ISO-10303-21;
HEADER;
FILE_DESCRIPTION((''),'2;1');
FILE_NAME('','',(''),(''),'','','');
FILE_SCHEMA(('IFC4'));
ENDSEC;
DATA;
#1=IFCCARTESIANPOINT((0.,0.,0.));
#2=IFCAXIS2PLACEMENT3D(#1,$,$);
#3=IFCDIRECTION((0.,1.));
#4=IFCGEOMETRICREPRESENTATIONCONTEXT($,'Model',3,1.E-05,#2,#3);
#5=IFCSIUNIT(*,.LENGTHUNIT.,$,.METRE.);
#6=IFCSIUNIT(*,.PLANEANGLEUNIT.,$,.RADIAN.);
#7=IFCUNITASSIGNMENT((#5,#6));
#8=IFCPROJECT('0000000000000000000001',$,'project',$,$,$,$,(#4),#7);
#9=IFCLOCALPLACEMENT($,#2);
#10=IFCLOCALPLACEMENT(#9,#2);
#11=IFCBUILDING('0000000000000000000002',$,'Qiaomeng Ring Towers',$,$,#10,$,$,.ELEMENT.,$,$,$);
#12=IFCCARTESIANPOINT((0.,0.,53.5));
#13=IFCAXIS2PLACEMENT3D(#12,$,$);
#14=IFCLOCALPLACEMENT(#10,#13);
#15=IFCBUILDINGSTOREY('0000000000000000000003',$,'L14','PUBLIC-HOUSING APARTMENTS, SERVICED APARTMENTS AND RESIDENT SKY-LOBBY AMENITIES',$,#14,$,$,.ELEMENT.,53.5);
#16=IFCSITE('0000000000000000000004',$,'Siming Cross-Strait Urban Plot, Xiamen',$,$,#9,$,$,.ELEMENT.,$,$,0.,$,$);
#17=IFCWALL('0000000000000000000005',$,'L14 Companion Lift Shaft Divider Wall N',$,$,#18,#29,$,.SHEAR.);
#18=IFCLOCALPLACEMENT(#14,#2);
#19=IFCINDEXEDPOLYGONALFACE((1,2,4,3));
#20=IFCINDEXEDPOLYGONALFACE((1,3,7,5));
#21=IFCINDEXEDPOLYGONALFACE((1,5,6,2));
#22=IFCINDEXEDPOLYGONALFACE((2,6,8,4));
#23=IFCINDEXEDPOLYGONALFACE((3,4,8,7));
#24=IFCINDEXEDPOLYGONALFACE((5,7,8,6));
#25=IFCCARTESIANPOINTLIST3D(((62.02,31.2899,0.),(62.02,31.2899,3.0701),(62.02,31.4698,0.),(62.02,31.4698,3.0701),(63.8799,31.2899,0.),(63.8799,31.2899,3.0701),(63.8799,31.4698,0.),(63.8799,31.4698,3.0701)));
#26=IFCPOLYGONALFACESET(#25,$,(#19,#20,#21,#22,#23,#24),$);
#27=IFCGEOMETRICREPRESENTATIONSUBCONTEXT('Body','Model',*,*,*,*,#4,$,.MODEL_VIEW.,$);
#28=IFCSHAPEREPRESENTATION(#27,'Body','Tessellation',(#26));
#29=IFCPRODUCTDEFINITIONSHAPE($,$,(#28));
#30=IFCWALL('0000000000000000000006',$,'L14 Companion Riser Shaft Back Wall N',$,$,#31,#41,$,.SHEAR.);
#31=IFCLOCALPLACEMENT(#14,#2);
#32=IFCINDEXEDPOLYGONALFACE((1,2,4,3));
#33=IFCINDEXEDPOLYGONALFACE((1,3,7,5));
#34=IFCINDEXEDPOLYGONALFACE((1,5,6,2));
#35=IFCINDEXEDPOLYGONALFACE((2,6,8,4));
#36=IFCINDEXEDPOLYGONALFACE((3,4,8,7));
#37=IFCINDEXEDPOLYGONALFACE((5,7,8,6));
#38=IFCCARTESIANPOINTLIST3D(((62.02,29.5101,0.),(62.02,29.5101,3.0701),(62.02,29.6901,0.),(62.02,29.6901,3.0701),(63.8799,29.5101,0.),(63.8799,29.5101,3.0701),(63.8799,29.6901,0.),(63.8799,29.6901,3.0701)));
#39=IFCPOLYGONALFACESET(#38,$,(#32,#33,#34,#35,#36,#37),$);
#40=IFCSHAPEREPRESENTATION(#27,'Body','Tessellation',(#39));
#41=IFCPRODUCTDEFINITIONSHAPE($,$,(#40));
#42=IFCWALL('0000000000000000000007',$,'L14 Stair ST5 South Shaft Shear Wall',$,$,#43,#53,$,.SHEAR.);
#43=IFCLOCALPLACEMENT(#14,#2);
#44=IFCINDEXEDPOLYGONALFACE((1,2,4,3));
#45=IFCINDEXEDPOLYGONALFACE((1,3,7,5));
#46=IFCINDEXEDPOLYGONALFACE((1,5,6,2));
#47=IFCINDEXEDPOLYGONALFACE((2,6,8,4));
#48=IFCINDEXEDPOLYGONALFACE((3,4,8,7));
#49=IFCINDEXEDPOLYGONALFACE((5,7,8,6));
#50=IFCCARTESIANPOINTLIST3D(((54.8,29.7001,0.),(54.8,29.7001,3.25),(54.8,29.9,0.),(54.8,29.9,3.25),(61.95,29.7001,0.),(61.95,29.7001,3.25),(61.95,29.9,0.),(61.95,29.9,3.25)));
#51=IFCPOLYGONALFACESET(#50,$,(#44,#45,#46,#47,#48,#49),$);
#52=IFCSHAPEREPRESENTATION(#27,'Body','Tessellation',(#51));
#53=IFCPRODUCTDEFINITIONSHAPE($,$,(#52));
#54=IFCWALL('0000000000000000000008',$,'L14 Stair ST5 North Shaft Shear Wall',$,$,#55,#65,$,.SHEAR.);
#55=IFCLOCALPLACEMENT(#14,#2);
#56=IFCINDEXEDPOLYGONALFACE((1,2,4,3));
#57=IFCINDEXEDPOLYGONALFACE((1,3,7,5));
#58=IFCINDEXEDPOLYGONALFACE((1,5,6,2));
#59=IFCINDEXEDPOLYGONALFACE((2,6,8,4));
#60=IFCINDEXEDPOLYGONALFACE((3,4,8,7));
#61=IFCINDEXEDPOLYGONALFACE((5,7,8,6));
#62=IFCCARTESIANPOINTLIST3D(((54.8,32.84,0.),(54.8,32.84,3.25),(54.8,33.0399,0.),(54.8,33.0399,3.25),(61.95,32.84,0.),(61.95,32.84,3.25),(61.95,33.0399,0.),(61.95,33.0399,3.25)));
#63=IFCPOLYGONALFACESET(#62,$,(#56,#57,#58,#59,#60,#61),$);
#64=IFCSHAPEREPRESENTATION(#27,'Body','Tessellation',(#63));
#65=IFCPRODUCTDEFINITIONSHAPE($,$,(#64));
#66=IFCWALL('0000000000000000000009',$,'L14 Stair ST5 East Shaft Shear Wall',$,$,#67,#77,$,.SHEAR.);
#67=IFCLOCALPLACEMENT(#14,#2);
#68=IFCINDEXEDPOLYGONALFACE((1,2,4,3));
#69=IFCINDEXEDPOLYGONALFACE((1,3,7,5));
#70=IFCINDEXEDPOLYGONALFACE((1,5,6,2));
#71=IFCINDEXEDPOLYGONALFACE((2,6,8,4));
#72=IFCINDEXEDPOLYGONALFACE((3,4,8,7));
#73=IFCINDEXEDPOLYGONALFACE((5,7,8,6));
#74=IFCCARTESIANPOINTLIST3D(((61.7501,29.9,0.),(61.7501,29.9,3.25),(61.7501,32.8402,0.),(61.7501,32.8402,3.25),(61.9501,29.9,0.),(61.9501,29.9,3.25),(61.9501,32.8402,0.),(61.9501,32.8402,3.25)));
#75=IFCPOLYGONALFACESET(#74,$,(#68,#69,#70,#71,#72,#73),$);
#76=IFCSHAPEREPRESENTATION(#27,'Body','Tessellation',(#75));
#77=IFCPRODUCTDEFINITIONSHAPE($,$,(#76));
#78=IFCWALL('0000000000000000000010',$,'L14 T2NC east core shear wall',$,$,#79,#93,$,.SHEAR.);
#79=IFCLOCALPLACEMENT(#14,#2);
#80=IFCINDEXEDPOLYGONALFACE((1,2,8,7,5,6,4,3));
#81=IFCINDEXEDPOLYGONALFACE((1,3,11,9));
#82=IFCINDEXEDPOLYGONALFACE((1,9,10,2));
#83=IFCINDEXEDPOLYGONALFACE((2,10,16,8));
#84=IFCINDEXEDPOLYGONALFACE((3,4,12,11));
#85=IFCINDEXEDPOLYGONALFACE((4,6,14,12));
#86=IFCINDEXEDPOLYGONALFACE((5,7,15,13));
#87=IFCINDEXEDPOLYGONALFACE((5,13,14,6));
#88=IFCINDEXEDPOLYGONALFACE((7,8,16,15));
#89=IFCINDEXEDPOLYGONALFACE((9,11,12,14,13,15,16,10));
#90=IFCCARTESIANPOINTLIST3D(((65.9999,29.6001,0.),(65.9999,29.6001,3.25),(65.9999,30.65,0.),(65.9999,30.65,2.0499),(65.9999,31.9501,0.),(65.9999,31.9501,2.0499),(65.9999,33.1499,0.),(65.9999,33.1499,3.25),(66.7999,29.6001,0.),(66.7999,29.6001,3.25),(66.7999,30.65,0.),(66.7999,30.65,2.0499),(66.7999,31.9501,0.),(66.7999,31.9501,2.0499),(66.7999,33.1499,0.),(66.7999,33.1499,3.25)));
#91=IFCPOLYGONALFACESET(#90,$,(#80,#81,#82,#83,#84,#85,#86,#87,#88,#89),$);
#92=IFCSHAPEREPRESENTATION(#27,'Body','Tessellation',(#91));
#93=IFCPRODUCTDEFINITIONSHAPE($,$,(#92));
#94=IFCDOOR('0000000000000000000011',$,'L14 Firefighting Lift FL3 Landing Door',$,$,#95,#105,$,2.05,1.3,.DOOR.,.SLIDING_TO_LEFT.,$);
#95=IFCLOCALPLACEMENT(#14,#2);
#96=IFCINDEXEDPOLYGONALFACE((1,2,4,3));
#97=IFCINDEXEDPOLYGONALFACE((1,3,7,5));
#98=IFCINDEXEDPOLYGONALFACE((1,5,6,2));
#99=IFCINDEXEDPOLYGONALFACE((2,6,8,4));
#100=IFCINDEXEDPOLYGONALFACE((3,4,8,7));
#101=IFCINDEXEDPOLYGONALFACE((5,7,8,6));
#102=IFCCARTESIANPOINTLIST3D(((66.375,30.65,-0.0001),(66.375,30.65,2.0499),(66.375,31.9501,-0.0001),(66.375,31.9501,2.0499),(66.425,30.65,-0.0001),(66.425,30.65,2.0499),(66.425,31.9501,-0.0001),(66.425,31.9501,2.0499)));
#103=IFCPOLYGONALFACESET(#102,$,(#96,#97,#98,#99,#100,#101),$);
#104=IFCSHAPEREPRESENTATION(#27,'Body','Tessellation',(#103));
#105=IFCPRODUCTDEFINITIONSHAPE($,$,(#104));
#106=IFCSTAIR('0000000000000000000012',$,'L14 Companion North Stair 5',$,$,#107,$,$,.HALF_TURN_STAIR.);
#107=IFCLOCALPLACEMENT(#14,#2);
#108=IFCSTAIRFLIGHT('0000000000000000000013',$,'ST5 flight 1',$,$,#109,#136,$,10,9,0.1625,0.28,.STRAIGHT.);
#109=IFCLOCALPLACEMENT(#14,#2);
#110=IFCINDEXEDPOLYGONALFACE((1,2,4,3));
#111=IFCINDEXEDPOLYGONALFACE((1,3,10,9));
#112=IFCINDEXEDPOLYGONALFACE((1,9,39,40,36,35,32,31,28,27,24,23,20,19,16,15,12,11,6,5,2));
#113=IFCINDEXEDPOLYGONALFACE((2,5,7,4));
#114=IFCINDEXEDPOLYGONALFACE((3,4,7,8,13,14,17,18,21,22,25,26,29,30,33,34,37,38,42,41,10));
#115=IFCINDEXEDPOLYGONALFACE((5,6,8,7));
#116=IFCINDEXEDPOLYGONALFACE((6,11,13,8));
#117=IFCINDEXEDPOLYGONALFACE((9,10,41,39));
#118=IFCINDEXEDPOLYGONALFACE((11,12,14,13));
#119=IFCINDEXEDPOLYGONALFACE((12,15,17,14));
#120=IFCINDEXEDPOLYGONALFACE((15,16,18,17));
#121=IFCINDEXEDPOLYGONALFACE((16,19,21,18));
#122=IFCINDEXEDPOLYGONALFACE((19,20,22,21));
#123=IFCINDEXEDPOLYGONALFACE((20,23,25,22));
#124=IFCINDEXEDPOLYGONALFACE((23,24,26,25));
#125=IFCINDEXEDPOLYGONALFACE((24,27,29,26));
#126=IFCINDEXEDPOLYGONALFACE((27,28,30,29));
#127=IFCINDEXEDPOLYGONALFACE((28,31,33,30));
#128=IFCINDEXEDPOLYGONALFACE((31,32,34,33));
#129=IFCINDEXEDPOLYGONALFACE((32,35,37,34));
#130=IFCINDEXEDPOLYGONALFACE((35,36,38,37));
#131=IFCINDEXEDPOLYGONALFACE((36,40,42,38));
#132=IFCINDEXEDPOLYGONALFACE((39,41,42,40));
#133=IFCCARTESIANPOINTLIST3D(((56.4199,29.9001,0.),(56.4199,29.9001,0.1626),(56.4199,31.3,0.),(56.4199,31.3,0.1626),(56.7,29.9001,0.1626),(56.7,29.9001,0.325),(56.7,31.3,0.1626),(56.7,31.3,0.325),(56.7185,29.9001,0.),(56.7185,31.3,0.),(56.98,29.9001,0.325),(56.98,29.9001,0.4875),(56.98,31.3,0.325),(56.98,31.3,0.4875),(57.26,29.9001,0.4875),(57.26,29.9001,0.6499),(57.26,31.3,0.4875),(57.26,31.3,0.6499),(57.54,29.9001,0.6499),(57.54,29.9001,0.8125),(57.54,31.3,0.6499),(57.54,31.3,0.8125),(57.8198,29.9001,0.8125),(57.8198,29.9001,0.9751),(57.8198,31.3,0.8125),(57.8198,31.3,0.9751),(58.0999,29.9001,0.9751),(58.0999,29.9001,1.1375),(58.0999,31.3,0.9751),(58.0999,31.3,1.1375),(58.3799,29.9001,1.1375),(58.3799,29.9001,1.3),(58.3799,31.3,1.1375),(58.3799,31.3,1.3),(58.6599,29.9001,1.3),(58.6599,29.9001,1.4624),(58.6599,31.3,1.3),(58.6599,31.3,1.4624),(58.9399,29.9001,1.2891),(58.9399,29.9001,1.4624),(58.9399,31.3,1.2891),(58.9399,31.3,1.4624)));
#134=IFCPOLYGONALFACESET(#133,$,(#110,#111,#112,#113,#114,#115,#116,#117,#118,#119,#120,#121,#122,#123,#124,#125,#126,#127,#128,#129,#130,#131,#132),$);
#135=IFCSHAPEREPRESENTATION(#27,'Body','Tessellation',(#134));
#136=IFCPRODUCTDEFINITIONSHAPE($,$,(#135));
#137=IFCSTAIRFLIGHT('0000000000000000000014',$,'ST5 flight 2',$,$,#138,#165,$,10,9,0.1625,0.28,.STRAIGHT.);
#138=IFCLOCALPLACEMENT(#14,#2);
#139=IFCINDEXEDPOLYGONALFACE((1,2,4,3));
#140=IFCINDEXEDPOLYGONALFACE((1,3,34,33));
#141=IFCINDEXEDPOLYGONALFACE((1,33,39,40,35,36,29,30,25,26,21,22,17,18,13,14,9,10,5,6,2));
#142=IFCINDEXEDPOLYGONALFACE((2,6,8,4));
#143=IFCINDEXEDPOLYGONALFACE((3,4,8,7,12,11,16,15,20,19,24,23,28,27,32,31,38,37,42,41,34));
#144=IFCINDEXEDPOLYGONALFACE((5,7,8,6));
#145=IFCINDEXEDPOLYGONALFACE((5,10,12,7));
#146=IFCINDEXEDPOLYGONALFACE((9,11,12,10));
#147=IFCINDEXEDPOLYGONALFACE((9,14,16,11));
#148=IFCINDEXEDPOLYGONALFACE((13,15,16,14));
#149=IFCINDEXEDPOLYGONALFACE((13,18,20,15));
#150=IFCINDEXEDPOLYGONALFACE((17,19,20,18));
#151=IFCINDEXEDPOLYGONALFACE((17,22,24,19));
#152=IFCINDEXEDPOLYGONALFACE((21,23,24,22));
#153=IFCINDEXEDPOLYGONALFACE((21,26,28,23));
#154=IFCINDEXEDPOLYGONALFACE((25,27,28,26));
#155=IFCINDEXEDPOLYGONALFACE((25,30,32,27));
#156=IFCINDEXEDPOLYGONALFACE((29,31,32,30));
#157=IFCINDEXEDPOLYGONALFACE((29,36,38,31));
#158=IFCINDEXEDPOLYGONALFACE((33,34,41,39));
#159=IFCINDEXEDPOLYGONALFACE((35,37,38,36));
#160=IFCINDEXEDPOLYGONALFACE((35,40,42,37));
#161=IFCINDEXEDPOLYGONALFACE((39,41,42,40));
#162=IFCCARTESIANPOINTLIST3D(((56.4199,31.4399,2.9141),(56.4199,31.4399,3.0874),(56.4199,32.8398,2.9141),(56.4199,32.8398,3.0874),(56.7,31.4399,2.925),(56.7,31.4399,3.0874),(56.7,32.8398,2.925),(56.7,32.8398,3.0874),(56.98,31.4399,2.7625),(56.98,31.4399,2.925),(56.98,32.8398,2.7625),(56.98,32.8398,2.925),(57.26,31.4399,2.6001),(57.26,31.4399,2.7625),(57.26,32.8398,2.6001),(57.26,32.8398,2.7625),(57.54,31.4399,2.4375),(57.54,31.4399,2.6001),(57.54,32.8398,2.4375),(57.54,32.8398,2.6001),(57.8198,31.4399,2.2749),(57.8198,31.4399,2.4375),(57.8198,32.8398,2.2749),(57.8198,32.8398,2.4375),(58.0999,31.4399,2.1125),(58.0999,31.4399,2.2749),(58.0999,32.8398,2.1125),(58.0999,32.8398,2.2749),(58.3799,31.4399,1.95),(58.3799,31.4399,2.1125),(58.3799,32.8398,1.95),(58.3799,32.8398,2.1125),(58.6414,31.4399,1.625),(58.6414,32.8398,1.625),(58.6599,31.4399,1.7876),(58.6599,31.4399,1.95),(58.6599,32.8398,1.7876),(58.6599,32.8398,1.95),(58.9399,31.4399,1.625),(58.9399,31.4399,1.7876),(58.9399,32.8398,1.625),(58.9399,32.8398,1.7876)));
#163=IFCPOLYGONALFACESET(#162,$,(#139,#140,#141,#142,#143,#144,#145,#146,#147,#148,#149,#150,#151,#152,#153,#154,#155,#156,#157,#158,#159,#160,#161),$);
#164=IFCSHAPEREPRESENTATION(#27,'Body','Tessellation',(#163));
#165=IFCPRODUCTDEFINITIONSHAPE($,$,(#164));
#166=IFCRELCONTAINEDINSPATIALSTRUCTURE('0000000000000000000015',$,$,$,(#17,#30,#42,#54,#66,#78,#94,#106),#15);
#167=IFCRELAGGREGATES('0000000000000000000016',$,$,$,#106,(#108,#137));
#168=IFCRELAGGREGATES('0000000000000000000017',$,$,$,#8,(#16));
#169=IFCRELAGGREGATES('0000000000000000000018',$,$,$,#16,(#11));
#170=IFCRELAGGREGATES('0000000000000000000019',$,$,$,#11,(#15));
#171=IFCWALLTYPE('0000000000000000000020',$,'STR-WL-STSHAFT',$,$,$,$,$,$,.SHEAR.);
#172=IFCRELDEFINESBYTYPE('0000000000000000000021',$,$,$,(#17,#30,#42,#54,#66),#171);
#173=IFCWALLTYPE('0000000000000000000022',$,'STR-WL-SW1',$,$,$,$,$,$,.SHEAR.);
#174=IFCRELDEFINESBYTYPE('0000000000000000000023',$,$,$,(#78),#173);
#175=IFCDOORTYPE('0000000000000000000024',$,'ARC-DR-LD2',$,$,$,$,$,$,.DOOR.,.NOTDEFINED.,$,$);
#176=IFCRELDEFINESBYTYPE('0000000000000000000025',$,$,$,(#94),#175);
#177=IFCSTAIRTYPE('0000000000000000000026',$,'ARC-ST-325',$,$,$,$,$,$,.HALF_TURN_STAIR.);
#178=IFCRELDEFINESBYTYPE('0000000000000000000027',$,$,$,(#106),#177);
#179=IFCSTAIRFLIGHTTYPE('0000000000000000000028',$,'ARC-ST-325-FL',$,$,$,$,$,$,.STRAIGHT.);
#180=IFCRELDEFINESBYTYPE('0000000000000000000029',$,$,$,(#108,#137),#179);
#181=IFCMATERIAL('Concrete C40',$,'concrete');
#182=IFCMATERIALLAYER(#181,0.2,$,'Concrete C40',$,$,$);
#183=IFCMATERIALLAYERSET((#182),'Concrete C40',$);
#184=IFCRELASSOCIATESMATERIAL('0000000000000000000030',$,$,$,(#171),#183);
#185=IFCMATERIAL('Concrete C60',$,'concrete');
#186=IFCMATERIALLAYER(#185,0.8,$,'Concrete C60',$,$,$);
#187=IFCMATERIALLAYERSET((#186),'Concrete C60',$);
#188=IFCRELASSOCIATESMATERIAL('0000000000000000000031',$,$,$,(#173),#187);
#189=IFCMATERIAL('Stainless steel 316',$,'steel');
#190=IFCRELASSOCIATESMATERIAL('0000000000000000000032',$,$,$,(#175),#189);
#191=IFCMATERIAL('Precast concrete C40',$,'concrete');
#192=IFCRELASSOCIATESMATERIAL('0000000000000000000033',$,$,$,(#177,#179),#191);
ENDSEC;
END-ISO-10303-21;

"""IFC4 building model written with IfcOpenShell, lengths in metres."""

from ifc_helpers import new_model, si_unit, direction, frame, frame_2d, origin, place, context, subcontext, project, spatial, polyline, rectangle, outline, extrude, source, transform, mapped, material, layer, layer_set, type_object, element, fill, aggregate, save


model = new_model("IFC4")

# Units and contexts
model_context = context("Model", 3, precision=1e-05, world=origin(), true_north=direction((0.0, 1.0)))
body_context = subcontext(model_context, "Body", "Model", "MODEL_VIEW")
ifc_project = project(units=[si_unit("LENGTHUNIT", "METRE"), si_unit("PLANEANGLEUNIT", "RADIAN")], contexts=[model_context])

# Site, building, storey
site_placement = place(None, origin())
site = spatial("IfcSite", under=ifc_project, at=site_placement, Name="Siming Cross-Strait Urban Plot, Xiamen", CompositionType="ELEMENT", RefElevation=0.0)
building_placement = place(site_placement, origin())
building = spatial("IfcBuilding", under=site, at=building_placement, Name="Qiaomeng Ring Towers", CompositionType="ELEMENT")
storey_placement = place(building_placement, frame((0.0, 0.0, 53.5)))
storey = spatial("IfcBuildingStorey", under=building, at=storey_placement, Name="L14", Description="PUBLIC-HOUSING APARTMENTS, SERVICED APARTMENTS AND RESIDENT SKY-LOBBY AMENITIES", CompositionType="ELEMENT", Elevation=53.5)

# Walls
ifc_material_1 = material(Name="Concrete C40", Category="concrete")
ifc_layer_1 = layer(ifc_material_1, 0.2, Name="Concrete C40")
ifc_layer_set_1 = layer_set([ifc_layer_1], Name="Concrete C40")
wall_type_1 = type_object("IfcWallType", Name="STR-WL-STSHAFT", PredefinedType="SHEAR", material=ifc_layer_set_1)
for number, where, z_axis, x_axis, name in (
    (1, (62.02, 31.3799, 0.0), (0.0, 0.0, 1.0), (1.0, 0.0, 0.0), "L14 Companion Lift Shaft Divider Wall N"),
    (2, (62.02, 29.6001, 0.0), (0.0, 0.0, 1.0), (1.0, 0.0, 0.0), "L14 Companion Riser Shaft Back Wall N"),
):
    element("IfcWall", number, at=place(storey_placement, frame(where, z_axis=z_axis, x_axis=x_axis)), inside=storey, type_object=wall_type_1, Name=name, PredefinedType="SHEAR", context=body_context, shape_type="SweptSolid", body=[
        extrude(rectangle(XDim=1.8599, YDim=0.1799, at=frame_2d((0.9299, 0.0))), origin(), (0.0, 0.0, 1.0), 3.0701),
    ])
for number, where, z_axis, x_axis, name in (
    (3, (54.8, 29.8, 0.0), (0.0, 0.0, 1.0), (1.0, 0.0, 0.0), "L14 Stair ST5 South Shaft Shear Wall"),
    (4, (54.8, 32.9399, 0.0), (0.0, 0.0, 1.0), (1.0, 0.0, 0.0), "L14 Stair ST5 North Shaft Shear Wall"),
):
    element("IfcWall", number, at=place(storey_placement, frame(where, z_axis=z_axis, x_axis=x_axis)), inside=storey, type_object=wall_type_1, Name=name, PredefinedType="SHEAR", context=body_context, shape_type="SweptSolid", body=[
        extrude(rectangle(XDim=7.1499, YDim=0.2, at=frame_2d((3.575, 0.0))), origin(), (0.0, 0.0, 1.0), 3.25),
    ])
wall_1_placement = place(storey_placement, frame((61.8501, 29.8999, 0.0), z_axis=(0.0, 0.0, 1.0), x_axis=(0.0, 1.0, 0.0)))
element("IfcWall", 5, at=wall_1_placement, inside=storey, type_object=wall_type_1, Name="L14 Stair ST5 East Shaft Shear Wall", PredefinedType="SHEAR", context=body_context, shape_type="SweptSolid", body=[
    extrude(rectangle(XDim=2.9402, YDim=0.2, at=frame_2d((1.4702, 0.0))), origin(), (0.0, 0.0, 1.0), 3.25),
])

# Wall, opening, door
ifc_material_2 = material(Name="Concrete C60", Category="concrete")
ifc_layer_2 = layer(ifc_material_2, 0.8, Name="Concrete C60")
ifc_layer_set_2 = layer_set([ifc_layer_2], Name="Concrete C60")
wall_type_2 = type_object("IfcWallType", Name="STR-WL-SW1", PredefinedType="SHEAR", material=ifc_layer_set_2)
wall_2_placement = place(storey_placement, frame((66.3999, 29.6001, 0.0), z_axis=(0.0, 0.0, 1.0), x_axis=(0.0, 1.0, 0.0)))
wall_2 = element("IfcWall", 6, at=wall_2_placement, inside=storey, type_object=wall_type_2, Name="L14 T2NC east core shear wall", PredefinedType="SHEAR", context=body_context, shape_type="SweptSolid", body=[
    extrude(rectangle(XDim=3.5498, YDim=0.8, at=frame_2d((1.7749, 0.0))), origin(), (0.0, 0.0, 1.0), 3.25),
])
opening_placement = place(wall_2_placement, frame((1.05, 0.0, 0.0)))
opening = element("IfcOpeningElement", 7, at=opening_placement, cuts=wall_2, PredefinedType="OPENING", context=body_context, shape_type="SweptSolid", body=[
    extrude(rectangle(XDim=1.3, YDim=2.05, at=frame_2d((0.6499, 1.0249))), frame((0.0, 0.4099, 0.0), z_axis=(0.0, -1.0, 0.0), x_axis=(1.0, 0.0, 0.0)), (0.0, 0.0, 1.0), 0.8201),
])
ifc_material_3 = material(Name="Stainless steel 316", Category="steel")
door_type = type_object("IfcDoorType", Name="ARC-DR-LD2", OperationType="NOTDEFINED", PredefinedType="DOOR", material=ifc_material_3)
shared_shape_1 = source(origin(), body_context, "Body", "SweptSolid", [
    extrude(rectangle(XDim=1.3, YDim=2.05, at=frame_2d((0.6499, 1.0249))), frame((0.0, 0.0249, 0.0), z_axis=(0.0, -1.0, 0.0), x_axis=(1.0, 0.0, 0.0)), (0.0, 0.0, 1.0), 0.05),
])
door_placement = place(opening_placement, origin())
door = element("IfcDoor", 8, at=door_placement, inside=storey, type_object=door_type, Name="L14 Firefighting Lift FL3 Landing Door", OperationType="SLIDING_TO_LEFT", OverallHeight=2.05, OverallWidth=1.3, PredefinedType="DOOR", context=body_context, shape_type="MappedRepresentation", body=[
    mapped(shared_shape_1, transform((0.0, 0.0, 0.0), x_axis=(1.0, 0.0, 0.0), y_axis=(0.0, 1.0, 0.0), z_axis=(0.0, 0.0, 1.0), scale=1.0)),
])
fill(opening, door)

# Stair, stair flights
ifc_material_4 = material(Name="Precast concrete C40", Category="concrete")
stair_type = type_object("IfcStairType", Name="ARC-ST-325", PredefinedType="HALF_TURN_STAIR", material=ifc_material_4)
stair_placement = place(storey_placement, origin())
stair = element("IfcStair", 9, at=stair_placement, inside=storey, type_object=stair_type, Name="L14 Companion North Stair 5", PredefinedType="HALF_TURN_STAIR")
stair_flight_type = type_object("IfcStairFlightType", Name="ARC-ST-325-FL", PredefinedType="STRAIGHT", material=ifc_material_4)
shared_shape_2 = source(origin(), body_context, "Body", "SweptSolid", [
    extrude(outline(polyline([(0.0, 0.0), (0.0, 0.1626), (0.28, 0.1626), (0.28, 0.325), (0.5601, 0.325), (0.5601, 0.4875), (0.8401, 0.4875), (0.8401, 0.6499), (1.1201, 0.6499), (1.1201, 0.8125), (1.3999, 0.8125), (1.3999, 0.9751), (1.6799, 0.9751), (1.6799, 1.1375), (1.96, 1.1375), (1.96, 1.3), (2.24, 1.3), (2.24, 1.4624), (2.52, 1.4624), (2.52, 1.625), (2.52, 1.2891), (0.2986, 0.0), (0.0, 0.0)])), frame((0.0, 0.7, 0.0), z_axis=(0.0, -1.0, 0.0), x_axis=(1.0, 0.0, 0.0)), (0.0, 0.0, 1.0), 1.3999),
])
stair_flight_1_placement = place(storey_placement, frame((56.4199, 30.6001, 0.0), z_axis=(0.0, 0.0, 1.0), x_axis=(1.0, 0.0, 0.0)))
stair_flight_1 = element("IfcStairFlight", 10, at=stair_flight_1_placement, type_object=stair_flight_type, Name="ST5 flight 1", NumberOfRisers=10, NumberOfTreads=9, PredefinedType="STRAIGHT", RiserHeight=0.1625, TreadLength=0.28, context=body_context, shape_type="MappedRepresentation", body=[
    mapped(shared_shape_2, transform((0.0, 0.0, 0.0), x_axis=(1.0, 0.0, 0.0), y_axis=(0.0, 1.0, 0.0), z_axis=(0.0, 0.0, 1.0), scale=1.0)),
])
stair_flight_2_placement = place(storey_placement, frame((58.9399, 32.1399, 1.625), z_axis=(0.0, 0.0, 1.0), x_axis=(-1.0, 0.0, 0.0)))
stair_flight_2 = element("IfcStairFlight", 11, at=stair_flight_2_placement, type_object=stair_flight_type, Name="ST5 flight 2", NumberOfRisers=10, NumberOfTreads=9, PredefinedType="STRAIGHT", RiserHeight=0.1625, TreadLength=0.28, context=body_context, shape_type="MappedRepresentation", body=[
    mapped(shared_shape_2, transform((0.0, 0.0, 0.0), x_axis=(1.0, 0.0, 0.0), y_axis=(0.0, 1.0, 0.0), z_axis=(0.0, 0.0, 1.0), scale=1.0)),
])
aggregate(stair, [stair_flight_1, stair_flight_2])

save(model, "model.ifc")
